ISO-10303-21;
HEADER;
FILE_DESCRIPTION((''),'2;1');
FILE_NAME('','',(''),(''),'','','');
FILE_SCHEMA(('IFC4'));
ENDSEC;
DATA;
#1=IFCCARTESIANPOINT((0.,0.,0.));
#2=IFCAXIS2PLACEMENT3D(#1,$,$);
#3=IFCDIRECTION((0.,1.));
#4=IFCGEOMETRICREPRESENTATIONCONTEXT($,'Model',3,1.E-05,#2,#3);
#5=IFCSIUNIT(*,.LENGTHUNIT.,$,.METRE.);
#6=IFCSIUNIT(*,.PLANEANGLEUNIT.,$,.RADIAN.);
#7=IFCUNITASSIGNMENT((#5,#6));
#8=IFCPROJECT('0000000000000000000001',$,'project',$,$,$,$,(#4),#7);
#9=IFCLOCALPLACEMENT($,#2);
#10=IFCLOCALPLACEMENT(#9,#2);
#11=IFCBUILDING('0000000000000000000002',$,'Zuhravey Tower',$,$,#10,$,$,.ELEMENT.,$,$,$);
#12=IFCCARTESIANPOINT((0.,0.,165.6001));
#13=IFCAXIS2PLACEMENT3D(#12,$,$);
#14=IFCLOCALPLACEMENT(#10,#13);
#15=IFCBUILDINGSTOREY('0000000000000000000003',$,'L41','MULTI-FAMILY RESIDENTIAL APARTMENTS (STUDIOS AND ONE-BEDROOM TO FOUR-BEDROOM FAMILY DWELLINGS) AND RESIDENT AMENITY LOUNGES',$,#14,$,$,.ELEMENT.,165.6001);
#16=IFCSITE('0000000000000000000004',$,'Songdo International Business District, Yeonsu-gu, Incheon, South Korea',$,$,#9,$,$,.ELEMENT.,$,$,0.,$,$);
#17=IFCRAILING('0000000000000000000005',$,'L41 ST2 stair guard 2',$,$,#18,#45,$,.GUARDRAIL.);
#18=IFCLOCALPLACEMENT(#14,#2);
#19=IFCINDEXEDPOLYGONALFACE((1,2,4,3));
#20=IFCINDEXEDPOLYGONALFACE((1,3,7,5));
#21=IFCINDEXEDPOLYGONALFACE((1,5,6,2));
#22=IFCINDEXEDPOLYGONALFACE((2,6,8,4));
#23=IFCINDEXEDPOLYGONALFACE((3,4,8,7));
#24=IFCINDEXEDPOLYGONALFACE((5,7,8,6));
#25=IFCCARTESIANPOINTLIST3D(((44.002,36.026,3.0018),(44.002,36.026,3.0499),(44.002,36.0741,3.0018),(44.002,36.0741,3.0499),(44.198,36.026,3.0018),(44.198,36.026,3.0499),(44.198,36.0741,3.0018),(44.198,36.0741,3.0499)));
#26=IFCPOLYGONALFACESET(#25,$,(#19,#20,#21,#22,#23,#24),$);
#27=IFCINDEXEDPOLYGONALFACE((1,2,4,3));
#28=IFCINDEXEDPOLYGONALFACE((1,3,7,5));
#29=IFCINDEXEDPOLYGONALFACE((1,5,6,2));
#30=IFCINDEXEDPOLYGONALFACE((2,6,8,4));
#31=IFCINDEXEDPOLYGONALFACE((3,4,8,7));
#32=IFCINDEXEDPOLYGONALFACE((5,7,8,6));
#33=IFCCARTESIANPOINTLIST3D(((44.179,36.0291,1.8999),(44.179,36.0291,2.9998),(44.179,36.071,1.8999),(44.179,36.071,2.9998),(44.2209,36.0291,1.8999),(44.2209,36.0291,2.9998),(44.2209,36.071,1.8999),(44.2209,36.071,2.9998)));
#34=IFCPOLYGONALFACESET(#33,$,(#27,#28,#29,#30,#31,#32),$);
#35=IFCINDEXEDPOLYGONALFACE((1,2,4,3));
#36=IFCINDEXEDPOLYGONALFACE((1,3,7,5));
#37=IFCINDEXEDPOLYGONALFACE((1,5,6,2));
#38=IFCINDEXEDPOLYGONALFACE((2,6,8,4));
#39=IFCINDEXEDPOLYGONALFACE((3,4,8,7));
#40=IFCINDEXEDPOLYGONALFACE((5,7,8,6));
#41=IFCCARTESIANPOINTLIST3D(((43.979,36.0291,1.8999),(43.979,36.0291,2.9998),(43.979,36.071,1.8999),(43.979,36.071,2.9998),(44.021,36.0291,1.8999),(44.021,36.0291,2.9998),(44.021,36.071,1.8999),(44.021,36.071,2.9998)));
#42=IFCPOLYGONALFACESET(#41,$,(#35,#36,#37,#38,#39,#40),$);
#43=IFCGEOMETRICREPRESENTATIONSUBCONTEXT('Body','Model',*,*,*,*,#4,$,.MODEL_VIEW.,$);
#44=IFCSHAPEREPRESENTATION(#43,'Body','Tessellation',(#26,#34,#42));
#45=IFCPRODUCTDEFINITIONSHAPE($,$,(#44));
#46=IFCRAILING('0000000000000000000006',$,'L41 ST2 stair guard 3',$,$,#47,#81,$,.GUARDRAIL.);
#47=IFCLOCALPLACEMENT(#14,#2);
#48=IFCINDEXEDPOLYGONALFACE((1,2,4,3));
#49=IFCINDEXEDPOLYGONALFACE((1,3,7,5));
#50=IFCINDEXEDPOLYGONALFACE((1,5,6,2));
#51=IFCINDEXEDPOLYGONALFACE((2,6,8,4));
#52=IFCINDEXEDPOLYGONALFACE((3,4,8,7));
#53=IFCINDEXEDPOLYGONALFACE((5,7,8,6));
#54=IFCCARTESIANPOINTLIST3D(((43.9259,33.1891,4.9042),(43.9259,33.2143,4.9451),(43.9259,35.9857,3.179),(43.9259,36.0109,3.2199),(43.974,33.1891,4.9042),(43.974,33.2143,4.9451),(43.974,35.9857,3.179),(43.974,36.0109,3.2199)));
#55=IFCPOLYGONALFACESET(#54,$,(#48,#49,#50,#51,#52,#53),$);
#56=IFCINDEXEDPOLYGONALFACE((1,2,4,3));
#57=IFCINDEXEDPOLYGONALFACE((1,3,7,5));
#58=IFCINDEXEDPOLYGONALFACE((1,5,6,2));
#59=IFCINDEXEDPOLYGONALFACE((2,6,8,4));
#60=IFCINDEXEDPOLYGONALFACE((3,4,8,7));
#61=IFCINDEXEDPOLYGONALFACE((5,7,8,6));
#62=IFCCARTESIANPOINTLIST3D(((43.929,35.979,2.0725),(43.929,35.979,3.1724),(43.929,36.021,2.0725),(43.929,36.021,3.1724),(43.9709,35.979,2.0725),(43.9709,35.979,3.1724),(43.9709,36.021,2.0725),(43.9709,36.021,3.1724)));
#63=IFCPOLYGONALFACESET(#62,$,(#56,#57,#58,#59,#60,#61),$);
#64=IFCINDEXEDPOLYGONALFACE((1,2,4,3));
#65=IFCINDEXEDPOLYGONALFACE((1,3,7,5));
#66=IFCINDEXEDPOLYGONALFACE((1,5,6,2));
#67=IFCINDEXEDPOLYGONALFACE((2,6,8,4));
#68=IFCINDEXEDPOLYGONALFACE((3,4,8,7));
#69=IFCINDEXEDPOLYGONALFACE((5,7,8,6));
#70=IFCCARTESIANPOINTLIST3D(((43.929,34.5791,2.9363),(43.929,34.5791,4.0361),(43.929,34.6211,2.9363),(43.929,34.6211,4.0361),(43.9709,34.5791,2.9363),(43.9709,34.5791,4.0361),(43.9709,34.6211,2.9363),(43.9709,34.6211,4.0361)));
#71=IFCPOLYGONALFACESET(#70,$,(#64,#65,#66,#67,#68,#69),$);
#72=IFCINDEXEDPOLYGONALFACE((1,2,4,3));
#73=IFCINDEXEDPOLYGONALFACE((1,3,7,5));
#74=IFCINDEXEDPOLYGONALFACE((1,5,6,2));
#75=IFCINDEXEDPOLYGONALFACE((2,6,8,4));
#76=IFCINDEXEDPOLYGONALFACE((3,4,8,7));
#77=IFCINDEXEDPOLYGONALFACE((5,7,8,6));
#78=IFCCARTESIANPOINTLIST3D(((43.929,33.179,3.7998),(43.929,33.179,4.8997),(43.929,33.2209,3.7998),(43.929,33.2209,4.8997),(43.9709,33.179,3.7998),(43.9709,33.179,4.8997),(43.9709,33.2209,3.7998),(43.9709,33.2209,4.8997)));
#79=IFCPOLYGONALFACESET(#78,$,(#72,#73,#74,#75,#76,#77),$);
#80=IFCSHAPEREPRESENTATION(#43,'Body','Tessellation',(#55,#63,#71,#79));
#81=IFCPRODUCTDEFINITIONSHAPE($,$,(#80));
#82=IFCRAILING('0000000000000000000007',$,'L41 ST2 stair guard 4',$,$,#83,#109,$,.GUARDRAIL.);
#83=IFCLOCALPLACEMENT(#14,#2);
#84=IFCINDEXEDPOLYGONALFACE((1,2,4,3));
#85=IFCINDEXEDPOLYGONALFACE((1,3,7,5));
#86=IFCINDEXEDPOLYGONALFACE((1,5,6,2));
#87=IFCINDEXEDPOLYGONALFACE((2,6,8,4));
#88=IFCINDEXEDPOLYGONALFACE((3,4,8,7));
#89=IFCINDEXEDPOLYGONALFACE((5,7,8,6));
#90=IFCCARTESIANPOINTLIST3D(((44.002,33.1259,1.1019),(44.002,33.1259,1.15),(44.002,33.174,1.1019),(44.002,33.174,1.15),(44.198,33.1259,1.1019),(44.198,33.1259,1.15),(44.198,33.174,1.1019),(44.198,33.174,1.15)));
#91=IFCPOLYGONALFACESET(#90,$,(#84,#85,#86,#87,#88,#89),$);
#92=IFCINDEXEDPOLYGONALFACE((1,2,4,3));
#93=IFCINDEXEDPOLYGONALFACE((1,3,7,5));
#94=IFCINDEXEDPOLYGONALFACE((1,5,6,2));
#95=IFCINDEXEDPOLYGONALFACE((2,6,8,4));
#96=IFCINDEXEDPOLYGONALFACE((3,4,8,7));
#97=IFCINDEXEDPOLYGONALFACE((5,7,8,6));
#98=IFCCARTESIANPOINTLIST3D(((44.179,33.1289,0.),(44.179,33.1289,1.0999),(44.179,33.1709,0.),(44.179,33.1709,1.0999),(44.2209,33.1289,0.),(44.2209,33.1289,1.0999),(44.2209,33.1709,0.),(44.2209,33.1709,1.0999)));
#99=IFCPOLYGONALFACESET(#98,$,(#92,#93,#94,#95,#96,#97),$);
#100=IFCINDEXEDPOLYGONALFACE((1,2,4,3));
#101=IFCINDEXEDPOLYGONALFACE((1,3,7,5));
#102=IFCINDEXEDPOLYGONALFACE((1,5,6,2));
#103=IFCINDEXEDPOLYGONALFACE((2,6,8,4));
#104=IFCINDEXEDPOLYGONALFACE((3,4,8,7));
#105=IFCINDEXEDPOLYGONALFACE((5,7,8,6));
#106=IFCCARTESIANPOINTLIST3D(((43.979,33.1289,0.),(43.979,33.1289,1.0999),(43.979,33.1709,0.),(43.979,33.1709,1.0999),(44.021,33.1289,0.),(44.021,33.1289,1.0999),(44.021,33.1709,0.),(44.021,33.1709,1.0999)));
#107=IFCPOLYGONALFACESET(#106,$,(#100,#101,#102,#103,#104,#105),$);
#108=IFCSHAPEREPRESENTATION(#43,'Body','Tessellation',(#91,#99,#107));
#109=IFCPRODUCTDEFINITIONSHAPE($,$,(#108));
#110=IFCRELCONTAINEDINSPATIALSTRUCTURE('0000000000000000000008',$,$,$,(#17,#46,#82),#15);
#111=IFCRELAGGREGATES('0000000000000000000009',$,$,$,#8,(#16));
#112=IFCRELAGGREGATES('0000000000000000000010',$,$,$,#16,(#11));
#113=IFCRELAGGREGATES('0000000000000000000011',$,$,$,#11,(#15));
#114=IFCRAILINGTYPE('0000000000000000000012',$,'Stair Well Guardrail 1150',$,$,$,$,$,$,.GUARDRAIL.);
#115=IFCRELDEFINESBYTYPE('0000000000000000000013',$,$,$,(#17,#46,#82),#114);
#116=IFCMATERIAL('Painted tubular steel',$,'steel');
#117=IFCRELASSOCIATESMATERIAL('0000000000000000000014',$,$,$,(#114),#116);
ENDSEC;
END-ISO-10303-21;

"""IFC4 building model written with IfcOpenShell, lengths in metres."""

from ifc_helpers import new_model, si_unit, direction, frame, origin, origin_2d, place, context, subcontext, project, spatial, rectangle, extrude, material, type_object, element, save


model = new_model("IFC4")

# Units and contexts
model_context = context("Model", 3, precision=1e-05, world=origin(), true_north=direction((0.0, 1.0)))
body_context = subcontext(model_context, "Body", "Model", "MODEL_VIEW")
ifc_project = project(units=[si_unit("LENGTHUNIT", "METRE"), si_unit("PLANEANGLEUNIT", "RADIAN")], contexts=[model_context])

# Site, building, storey
site_placement = place(None, origin())
site = spatial("IfcSite", under=ifc_project, at=site_placement, Name="Songdo International Business District, Yeonsu-gu, Incheon, South Korea", CompositionType="ELEMENT", RefElevation=0.0)
building_placement = place(site_placement, origin())
building = spatial("IfcBuilding", under=site, at=building_placement, Name="Zuhravey Tower", CompositionType="ELEMENT")
storey_placement = place(building_placement, frame((0.0, 0.0, 165.6001)))
storey = spatial("IfcBuildingStorey", under=building, at=storey_placement, Name="L41", Description="MULTI-FAMILY RESIDENTIAL APARTMENTS (STUDIOS AND ONE-BEDROOM TO FOUR-BEDROOM FAMILY DWELLINGS) AND RESIDENT AMENITY LOUNGES", CompositionType="ELEMENT", Elevation=165.6001)

# Railings
ifc_material_1 = material(Name="Painted tubular steel", Category="steel")
railing_type_1 = type_object("IfcRailingType", Name="Stair Well Guardrail 1150", PredefinedType="GUARDRAIL", material=ifc_material_1)
railing_1_placement = place(storey_placement, frame((44.2, 36.05, 1.8999)))
element("IfcRailing", 1, at=railing_1_placement, inside=storey, type_object=railing_type_1, Name="L41 ST2 stair guard 2", PredefinedType="GUARDRAIL", context=body_context, shape_type="SweptSolid", body=[
    extrude(rectangle(XDim=0.0481, YDim=0.0481, at=origin_2d()), frame((-0.002, 0.0, 1.126), z_axis=(-1.0, 0.0, 0.0), x_axis=(0.0, -1.0, 0.0)), (0.0, 0.0, 1.0), 0.196),
    extrude(rectangle(XDim=0.042, YDim=0.042, at=origin_2d()), origin(), (0.0, 0.0, 1.0), 1.0999),
    extrude(rectangle(XDim=0.042, YDim=0.042, at=origin_2d()), frame((-0.2, 0.0, 0.0)), (0.0, 0.0, 1.0), 1.0999),
])
railing_2_placement = place(storey_placement, frame((43.95, 36.0, 2.0725)))
element("IfcRailing", 2, at=railing_2_placement, inside=storey, type_object=railing_type_1, Name="L41 ST2 stair guard 3", PredefinedType="GUARDRAIL", context=body_context, shape_type="SweptSolid", body=[
    extrude(rectangle(XDim=0.0481, YDim=0.0481, at=origin_2d()), frame((0.0, -0.0017, 1.127), z_axis=(0.0, -0.85109, 0.52502), x_axis=(1.0, 0.0, 0.0)), (0.0, 0.0, 1.0), 3.2859),
    extrude(rectangle(XDim=0.042, YDim=0.042, at=origin_2d()), origin(), (0.0, 0.0, 1.0), 1.0999),
    extrude(rectangle(XDim=0.042, YDim=0.042, at=origin_2d()), frame((0.0, -1.3999, 0.8638)), (0.0, 0.0, 1.0), 1.0999),
    extrude(rectangle(XDim=0.042, YDim=0.042, at=origin_2d()), frame((0.0, -2.8, 1.7273)), (0.0, 0.0, 1.0), 1.0999),
])
railing_3_placement = place(storey_placement, frame((44.2, 33.1499, 0.0)))
element("IfcRailing", 3, at=railing_3_placement, inside=storey, type_object=railing_type_1, Name="L41 ST2 stair guard 4", PredefinedType="GUARDRAIL", context=body_context, shape_type="SweptSolid", body=[
    extrude(rectangle(XDim=0.0481, YDim=0.0481, at=origin_2d()), frame((-0.002, 0.0, 1.126), z_axis=(-1.0, 0.0, 0.0), x_axis=(0.0, -1.0, 0.0)), (0.0, 0.0, 1.0), 0.196),
    extrude(rectangle(XDim=0.042, YDim=0.042, at=origin_2d()), origin(), (0.0, 0.0, 1.0), 1.0999),
    extrude(rectangle(XDim=0.042, YDim=0.042, at=origin_2d()), frame((-0.2, 0.0, 0.0)), (0.0, 0.0, 1.0), 1.0999),
])

save(model, "model.ifc")
